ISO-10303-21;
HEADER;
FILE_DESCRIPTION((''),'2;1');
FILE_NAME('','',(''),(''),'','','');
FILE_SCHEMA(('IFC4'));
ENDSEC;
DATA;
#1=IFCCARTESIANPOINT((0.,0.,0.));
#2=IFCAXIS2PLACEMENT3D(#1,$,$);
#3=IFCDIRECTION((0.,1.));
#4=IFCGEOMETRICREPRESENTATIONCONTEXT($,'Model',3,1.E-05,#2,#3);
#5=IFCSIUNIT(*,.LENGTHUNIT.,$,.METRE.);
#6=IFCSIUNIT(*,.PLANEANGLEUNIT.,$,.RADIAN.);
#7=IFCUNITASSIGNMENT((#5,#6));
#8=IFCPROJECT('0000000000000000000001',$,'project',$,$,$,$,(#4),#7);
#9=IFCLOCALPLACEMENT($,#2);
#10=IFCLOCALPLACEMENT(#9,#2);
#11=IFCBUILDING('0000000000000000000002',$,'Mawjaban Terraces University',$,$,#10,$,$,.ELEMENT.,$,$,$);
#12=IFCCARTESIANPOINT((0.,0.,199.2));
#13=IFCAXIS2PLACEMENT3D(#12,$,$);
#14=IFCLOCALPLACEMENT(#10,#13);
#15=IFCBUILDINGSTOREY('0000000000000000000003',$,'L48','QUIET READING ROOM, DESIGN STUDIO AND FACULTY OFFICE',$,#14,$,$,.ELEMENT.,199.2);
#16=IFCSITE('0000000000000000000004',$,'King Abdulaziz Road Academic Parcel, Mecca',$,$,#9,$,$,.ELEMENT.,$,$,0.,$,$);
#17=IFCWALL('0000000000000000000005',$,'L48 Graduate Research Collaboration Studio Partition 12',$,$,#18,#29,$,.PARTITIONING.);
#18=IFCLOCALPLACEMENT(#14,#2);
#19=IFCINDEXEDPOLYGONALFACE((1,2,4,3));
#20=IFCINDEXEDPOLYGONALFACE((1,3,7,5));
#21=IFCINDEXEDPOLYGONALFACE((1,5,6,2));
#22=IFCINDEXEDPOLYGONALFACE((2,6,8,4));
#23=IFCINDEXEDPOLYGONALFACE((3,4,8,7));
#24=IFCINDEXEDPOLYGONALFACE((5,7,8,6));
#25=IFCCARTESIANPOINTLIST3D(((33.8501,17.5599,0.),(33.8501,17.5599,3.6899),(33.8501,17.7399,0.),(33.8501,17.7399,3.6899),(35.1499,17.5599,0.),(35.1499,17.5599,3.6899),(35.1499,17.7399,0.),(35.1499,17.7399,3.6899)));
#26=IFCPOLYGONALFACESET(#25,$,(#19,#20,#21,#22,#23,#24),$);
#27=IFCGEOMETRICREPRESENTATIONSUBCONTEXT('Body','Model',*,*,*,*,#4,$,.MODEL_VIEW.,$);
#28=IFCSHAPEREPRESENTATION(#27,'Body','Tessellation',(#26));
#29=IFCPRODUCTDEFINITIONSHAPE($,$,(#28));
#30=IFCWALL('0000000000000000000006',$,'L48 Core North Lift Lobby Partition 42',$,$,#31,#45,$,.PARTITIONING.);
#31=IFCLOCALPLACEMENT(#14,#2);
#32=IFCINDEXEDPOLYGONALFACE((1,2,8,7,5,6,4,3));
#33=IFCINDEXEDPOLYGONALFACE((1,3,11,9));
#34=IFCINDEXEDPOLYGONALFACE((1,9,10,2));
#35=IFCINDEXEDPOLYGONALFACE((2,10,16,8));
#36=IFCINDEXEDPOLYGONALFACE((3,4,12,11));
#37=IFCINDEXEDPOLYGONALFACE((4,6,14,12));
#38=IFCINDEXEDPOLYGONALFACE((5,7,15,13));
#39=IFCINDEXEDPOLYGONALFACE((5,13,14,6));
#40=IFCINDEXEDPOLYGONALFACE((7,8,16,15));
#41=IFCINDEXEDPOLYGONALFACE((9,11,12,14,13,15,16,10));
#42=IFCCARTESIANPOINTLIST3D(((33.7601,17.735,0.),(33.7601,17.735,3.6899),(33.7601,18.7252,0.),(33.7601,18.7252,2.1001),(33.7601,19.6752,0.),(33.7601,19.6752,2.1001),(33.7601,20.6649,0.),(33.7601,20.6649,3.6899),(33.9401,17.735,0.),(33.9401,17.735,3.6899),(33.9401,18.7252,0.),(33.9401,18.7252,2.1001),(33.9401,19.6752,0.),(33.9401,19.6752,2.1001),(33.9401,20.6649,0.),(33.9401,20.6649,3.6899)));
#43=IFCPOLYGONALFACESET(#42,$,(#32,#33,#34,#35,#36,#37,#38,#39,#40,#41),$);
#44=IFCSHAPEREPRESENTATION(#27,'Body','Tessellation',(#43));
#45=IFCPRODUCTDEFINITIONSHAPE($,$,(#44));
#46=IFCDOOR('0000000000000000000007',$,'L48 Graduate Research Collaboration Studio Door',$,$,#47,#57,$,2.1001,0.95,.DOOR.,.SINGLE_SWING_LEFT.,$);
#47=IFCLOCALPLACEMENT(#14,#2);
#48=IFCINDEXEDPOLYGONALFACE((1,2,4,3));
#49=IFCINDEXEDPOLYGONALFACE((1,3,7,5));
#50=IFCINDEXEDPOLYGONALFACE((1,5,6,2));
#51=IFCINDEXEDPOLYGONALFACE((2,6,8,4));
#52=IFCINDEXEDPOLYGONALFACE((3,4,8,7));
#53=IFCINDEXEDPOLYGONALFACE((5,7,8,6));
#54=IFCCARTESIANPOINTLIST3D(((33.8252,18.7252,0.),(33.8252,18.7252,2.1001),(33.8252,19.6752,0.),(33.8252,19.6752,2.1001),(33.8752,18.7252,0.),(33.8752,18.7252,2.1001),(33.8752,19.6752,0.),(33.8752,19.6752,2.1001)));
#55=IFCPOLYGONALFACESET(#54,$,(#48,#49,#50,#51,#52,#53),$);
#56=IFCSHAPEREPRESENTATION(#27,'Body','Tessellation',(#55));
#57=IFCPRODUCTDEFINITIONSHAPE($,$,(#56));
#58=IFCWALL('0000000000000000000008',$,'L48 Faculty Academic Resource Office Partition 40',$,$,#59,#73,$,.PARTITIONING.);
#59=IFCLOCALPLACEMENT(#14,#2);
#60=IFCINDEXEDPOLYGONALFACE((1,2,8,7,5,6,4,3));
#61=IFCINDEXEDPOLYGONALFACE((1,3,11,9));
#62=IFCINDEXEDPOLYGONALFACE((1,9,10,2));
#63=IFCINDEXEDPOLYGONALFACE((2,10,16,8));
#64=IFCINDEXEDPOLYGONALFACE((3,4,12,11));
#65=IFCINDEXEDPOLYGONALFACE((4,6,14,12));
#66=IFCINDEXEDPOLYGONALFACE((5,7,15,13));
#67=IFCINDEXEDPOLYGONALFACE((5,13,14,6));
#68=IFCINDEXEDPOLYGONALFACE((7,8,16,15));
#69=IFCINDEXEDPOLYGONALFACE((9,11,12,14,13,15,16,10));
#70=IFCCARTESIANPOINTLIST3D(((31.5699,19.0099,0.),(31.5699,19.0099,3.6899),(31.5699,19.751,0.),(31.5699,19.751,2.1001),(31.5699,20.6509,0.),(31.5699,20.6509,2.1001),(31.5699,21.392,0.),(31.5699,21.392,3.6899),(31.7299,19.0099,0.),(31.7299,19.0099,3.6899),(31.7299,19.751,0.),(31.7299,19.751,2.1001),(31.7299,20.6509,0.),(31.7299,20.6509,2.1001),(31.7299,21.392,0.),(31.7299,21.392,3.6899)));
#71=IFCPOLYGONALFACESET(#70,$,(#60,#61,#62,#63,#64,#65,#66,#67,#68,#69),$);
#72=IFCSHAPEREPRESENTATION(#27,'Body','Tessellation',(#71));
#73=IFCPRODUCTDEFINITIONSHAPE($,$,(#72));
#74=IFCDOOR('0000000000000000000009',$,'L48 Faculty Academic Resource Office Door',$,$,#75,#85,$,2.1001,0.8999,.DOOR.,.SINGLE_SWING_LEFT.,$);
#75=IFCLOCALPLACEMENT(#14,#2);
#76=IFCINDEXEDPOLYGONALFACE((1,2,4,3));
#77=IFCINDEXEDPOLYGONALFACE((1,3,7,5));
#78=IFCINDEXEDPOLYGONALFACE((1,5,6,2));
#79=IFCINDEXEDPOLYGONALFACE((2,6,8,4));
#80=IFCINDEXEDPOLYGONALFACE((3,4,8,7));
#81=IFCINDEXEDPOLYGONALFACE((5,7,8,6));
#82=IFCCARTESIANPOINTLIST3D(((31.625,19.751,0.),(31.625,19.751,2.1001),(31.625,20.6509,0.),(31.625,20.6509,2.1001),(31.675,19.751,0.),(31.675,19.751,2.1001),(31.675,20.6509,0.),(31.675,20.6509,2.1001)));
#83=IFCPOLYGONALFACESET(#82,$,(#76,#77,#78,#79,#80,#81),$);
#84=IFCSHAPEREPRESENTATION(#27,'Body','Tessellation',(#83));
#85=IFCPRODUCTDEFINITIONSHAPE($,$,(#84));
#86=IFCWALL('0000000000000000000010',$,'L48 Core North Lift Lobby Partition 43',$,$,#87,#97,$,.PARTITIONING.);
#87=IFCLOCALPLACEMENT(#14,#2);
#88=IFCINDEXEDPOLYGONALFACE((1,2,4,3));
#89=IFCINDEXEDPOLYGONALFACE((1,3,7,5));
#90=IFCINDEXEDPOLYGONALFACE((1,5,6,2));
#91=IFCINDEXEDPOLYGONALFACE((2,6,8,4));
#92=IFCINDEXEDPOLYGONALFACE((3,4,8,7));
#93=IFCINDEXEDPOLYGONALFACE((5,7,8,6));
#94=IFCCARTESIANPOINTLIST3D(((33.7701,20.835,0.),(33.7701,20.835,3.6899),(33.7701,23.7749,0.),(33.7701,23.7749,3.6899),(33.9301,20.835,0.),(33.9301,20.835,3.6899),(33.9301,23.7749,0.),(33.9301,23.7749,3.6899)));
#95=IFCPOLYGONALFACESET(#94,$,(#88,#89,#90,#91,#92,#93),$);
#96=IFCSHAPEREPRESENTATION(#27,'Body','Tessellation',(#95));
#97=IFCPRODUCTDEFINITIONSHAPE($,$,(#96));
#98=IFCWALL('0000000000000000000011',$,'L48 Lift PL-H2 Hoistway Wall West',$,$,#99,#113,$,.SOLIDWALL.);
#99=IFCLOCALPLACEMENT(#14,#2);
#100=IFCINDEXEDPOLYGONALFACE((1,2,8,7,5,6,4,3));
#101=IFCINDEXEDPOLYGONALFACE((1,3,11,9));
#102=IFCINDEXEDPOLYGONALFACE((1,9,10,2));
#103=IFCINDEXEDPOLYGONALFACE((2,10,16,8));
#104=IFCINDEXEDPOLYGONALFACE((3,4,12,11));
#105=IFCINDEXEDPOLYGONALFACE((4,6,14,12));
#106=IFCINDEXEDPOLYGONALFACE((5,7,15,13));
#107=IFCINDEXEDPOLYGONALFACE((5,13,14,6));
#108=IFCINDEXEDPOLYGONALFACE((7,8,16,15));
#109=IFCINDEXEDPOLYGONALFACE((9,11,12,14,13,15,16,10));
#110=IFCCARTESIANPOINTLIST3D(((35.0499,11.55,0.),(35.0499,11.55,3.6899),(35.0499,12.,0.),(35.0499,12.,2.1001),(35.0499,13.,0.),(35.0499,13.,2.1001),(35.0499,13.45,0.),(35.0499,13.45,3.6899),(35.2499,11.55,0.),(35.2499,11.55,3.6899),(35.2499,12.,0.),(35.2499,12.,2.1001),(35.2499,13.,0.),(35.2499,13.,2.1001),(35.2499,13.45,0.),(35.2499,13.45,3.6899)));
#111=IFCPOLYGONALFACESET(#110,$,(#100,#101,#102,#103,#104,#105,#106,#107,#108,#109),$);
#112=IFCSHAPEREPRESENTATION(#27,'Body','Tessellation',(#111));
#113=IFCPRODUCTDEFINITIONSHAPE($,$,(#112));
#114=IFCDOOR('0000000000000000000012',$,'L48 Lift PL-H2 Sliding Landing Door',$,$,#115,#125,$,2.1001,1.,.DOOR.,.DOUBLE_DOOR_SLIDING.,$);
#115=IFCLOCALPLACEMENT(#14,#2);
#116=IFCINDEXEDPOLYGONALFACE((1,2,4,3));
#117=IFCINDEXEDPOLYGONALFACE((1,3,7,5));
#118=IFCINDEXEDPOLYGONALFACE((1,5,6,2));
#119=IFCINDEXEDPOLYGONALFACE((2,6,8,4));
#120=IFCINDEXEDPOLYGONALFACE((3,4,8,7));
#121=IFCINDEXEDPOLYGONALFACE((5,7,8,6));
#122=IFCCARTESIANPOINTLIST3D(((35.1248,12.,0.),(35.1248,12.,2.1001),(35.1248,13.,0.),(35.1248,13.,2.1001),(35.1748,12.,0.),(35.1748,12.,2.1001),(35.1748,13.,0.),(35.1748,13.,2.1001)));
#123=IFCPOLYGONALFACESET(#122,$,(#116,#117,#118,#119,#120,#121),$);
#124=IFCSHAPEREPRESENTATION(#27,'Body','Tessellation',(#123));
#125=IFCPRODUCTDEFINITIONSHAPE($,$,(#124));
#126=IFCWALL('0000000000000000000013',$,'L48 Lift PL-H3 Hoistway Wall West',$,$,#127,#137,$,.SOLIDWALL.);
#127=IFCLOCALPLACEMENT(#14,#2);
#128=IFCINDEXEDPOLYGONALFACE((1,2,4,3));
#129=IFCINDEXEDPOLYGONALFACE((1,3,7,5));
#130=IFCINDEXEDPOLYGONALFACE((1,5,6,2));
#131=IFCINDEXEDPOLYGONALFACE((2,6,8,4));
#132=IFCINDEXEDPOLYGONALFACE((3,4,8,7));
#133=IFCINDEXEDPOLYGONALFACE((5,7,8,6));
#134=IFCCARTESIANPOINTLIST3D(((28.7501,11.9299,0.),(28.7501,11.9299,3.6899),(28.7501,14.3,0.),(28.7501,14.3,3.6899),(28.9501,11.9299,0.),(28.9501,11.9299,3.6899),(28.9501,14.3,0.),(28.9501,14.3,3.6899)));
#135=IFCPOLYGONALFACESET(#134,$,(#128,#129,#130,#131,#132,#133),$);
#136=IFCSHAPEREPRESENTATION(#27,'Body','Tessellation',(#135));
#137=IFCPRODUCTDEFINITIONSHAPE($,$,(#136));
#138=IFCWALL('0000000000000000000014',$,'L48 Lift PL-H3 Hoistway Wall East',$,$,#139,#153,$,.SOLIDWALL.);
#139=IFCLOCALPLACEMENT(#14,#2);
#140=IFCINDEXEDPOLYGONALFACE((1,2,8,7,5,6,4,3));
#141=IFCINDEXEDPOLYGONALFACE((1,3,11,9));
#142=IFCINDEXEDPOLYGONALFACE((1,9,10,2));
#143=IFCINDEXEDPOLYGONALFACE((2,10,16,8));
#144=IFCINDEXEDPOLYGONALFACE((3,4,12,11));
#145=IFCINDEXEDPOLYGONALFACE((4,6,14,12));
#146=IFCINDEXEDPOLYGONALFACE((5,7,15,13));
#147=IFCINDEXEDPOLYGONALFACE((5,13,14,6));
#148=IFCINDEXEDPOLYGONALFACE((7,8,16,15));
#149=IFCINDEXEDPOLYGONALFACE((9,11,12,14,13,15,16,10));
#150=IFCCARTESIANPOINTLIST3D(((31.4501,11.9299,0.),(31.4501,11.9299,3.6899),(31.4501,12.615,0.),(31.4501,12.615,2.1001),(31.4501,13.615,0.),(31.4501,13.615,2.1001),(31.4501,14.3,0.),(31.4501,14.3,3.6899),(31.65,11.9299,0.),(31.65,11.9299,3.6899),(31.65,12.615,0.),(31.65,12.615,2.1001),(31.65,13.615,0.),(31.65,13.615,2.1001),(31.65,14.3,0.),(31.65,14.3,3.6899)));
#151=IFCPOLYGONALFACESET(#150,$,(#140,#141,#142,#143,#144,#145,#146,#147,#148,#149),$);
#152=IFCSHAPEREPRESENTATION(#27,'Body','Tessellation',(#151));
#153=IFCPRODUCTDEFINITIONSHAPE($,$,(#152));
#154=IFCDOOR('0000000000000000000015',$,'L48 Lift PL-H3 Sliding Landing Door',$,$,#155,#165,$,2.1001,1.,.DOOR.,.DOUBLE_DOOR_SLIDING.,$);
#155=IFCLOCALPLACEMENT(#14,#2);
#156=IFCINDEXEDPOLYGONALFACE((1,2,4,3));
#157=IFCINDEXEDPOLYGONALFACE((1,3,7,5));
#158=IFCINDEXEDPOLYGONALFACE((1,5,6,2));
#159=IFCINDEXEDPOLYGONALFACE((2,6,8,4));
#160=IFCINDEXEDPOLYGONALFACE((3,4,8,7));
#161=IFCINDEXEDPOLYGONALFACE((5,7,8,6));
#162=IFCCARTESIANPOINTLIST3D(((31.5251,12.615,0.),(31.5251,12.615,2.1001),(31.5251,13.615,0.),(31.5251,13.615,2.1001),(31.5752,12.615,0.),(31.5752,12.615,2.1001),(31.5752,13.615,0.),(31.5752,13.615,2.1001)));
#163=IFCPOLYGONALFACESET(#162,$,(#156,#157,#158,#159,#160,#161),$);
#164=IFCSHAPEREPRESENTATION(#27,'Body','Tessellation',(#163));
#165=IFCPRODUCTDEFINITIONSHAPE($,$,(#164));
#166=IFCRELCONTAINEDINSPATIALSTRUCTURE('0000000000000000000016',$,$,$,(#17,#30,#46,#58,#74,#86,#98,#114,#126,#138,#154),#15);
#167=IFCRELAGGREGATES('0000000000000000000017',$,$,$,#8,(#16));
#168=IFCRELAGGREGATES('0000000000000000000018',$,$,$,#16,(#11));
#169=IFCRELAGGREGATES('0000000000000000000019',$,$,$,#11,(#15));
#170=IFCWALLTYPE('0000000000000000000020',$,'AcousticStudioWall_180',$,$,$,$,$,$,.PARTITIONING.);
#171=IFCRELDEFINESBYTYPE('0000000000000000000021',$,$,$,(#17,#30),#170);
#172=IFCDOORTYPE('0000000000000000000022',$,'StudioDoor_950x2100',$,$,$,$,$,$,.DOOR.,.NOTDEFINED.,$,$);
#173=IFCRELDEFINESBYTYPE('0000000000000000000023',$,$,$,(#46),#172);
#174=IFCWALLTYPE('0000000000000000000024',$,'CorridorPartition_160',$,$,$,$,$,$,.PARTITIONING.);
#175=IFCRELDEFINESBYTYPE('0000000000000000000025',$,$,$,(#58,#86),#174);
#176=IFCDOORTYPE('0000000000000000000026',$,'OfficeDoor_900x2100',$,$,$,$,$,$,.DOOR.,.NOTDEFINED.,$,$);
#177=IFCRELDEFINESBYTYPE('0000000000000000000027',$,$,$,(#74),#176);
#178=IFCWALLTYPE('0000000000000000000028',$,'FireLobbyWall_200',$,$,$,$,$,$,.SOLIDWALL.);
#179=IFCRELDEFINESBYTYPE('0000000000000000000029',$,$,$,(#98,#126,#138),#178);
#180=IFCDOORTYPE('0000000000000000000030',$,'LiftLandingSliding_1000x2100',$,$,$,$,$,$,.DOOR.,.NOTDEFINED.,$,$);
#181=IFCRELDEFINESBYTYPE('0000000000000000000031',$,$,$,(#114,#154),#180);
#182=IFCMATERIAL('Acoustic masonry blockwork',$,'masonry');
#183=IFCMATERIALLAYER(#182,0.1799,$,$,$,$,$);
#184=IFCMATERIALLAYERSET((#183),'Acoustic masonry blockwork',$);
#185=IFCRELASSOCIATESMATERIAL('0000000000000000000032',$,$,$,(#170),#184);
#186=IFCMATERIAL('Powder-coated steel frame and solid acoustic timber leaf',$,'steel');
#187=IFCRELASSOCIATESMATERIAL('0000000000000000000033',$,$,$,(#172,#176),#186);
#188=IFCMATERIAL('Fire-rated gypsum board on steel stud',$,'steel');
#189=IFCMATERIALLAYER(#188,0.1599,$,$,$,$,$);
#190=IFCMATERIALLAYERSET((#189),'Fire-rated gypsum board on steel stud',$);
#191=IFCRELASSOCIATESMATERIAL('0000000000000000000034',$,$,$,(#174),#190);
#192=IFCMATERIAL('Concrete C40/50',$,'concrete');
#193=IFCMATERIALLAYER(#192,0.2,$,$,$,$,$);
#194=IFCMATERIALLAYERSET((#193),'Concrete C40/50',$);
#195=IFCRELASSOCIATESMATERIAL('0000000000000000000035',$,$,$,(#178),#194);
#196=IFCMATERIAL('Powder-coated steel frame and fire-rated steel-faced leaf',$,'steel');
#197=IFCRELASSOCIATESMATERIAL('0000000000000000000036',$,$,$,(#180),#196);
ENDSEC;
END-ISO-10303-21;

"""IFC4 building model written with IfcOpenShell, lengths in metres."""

from ifc_helpers import new_model, si_unit, direction, frame, frame_2d, origin, place, context, subcontext, project, spatial, rectangle, extrude, material, layer, layer_set, type_object, element, fill, save


model = new_model("IFC4")

# Units and contexts
model_context = context("Model", 3, precision=1e-05, world=origin(), true_north=direction((0.0, 1.0)))
body_context = subcontext(model_context, "Body", "Model", "MODEL_VIEW")
ifc_project = project(units=[si_unit("LENGTHUNIT", "METRE"), si_unit("PLANEANGLEUNIT", "RADIAN")], contexts=[model_context])

# Site, building, storey
site_placement = place(None, origin())
site = spatial("IfcSite", under=ifc_project, at=site_placement, Name="King Abdulaziz Road Academic Parcel, Mecca", CompositionType="ELEMENT", RefElevation=0.0)
building_placement = place(site_placement, origin())
building = spatial("IfcBuilding", under=site, at=building_placement, Name="Mawjaban Terraces University", CompositionType="ELEMENT")
storey_placement = place(building_placement, frame((0.0, 0.0, 199.2)))
storey = spatial("IfcBuildingStorey", under=building, at=storey_placement, Name="L48", Description="QUIET READING ROOM, DESIGN STUDIO AND FACULTY OFFICE", CompositionType="ELEMENT", Elevation=199.2)

# Wall
ifc_material_1 = material(Name="Acoustic masonry blockwork", Category="masonry")
ifc_layer_1 = layer(ifc_material_1, 0.1799)
ifc_layer_set_1 = layer_set([ifc_layer_1], Name="Acoustic masonry blockwork")
wall_type_1 = type_object("IfcWallType", Name="AcousticStudioWall_180", PredefinedType="PARTITIONING", material=ifc_layer_set_1)
wall_1_placement = place(storey_placement, frame((33.8501, 17.6499, 0.0), z_axis=(0.0, 0.0, 1.0), x_axis=(1.0, 0.0, 0.0)))
element("IfcWall", 1, at=wall_1_placement, inside=storey, type_object=wall_type_1, Name="L48 Graduate Research Collaboration Studio Partition 12", PredefinedType="PARTITIONING", context=body_context, shape_type="SweptSolid", body=[
    extrude(rectangle(XDim=1.2998, YDim=0.1799, at=frame_2d((0.6499, 0.0))), origin(), (0.0, 0.0, 1.0), 3.6899),
])

# Walls, openings, doors
wall_2_placement = place(storey_placement, frame((33.8501, 17.7351, 0.0), z_axis=(0.0, 0.0, 1.0), x_axis=(0.0, 1.0, 0.0)))
wall_2 = element("IfcWall", 2, at=wall_2_placement, inside=storey, type_object=wall_type_1, Name="L48 Core North Lift Lobby Partition 42", PredefinedType="PARTITIONING", context=body_context, shape_type="SweptSolid", body=[
    extrude(rectangle(XDim=2.9299, YDim=0.1799, at=frame_2d((1.4648, 0.0))), origin(), (0.0, 0.0, 1.0), 3.6899),
])
opening_1_placement = place(wall_2_placement, frame((0.99, 0.0, 0.0)))
opening_1 = element("IfcOpeningElement", 3, at=opening_1_placement, cuts=wall_2, PredefinedType="OPENING", context=body_context, shape_type="SweptSolid", body=[
    extrude(rectangle(XDim=0.95, YDim=2.1001, at=frame_2d((0.4751, 1.05))), frame((0.0, 0.0999, 0.0), z_axis=(0.0, -1.0, 0.0), x_axis=(1.0, 0.0, 0.0)), (0.0, 0.0, 1.0), 0.2),
])
ifc_material_2 = material(Name="Powder-coated steel frame and solid acoustic timber leaf", Category="steel")
door_type_1 = type_object("IfcDoorType", Name="StudioDoor_950x2100", OperationType="NOTDEFINED", PredefinedType="DOOR", material=ifc_material_2)
door_1_placement = place(opening_1_placement, origin())
door_1 = element("IfcDoor", 4, at=door_1_placement, inside=storey, type_object=door_type_1, Name="L48 Graduate Research Collaboration Studio Door", OperationType="SINGLE_SWING_LEFT", OverallHeight=2.1001, OverallWidth=0.95, PredefinedType="DOOR", context=body_context, shape_type="SweptSolid", body=[
    extrude(rectangle(XDim=0.95, YDim=2.1001, at=frame_2d((0.4751, 1.05))), frame((0.0, 0.0249, 0.0), z_axis=(0.0, -1.0, 0.0), x_axis=(1.0, 0.0, 0.0)), (0.0, 0.0, 1.0), 0.05),
])
fill(opening_1, door_1)
ifc_material_3 = material(Name="Fire-rated gypsum board on steel stud", Category="steel")
ifc_layer_2 = layer(ifc_material_3, 0.1599)
ifc_layer_set_2 = layer_set([ifc_layer_2], Name="Fire-rated gypsum board on steel stud")
wall_type_2 = type_object("IfcWallType", Name="CorridorPartition_160", PredefinedType="PARTITIONING", material=ifc_layer_set_2)
wall_3_placement = place(storey_placement, frame((31.6499, 19.01, 0.0), z_axis=(0.0, 0.0, 1.0), x_axis=(0.0, 1.0, 0.0)))
wall_3 = element("IfcWall", 5, at=wall_3_placement, inside=storey, type_object=wall_type_2, Name="L48 Faculty Academic Resource Office Partition 40", PredefinedType="PARTITIONING", context=body_context, shape_type="SweptSolid", body=[
    extrude(rectangle(XDim=2.3821, YDim=0.1599, at=frame_2d((1.1909, 0.0))), origin(), (0.0, 0.0, 1.0), 3.6899),
])
opening_2_placement = place(wall_3_placement, frame((0.741, 0.0, 0.0)))
opening_2 = element("IfcOpeningElement", 6, at=opening_2_placement, cuts=wall_3, PredefinedType="OPENING", context=body_context, shape_type="SweptSolid", body=[
    extrude(rectangle(XDim=0.8999, YDim=2.1001, at=frame_2d((0.45, 1.05))), frame((0.0, 0.0898, 0.0), z_axis=(0.0, -1.0, 0.0), x_axis=(1.0, 0.0, 0.0)), (0.0, 0.0, 1.0), 0.1799),
])
door_type_2 = type_object("IfcDoorType", Name="OfficeDoor_900x2100", OperationType="NOTDEFINED", PredefinedType="DOOR", material=ifc_material_2)
door_2_placement = place(opening_2_placement, origin())
door_2 = element("IfcDoor", 7, at=door_2_placement, inside=storey, type_object=door_type_2, Name="L48 Faculty Academic Resource Office Door", OperationType="SINGLE_SWING_LEFT", OverallHeight=2.1001, OverallWidth=0.8999, PredefinedType="DOOR", context=body_context, shape_type="SweptSolid", body=[
    extrude(rectangle(XDim=0.8999, YDim=2.1001, at=frame_2d((0.45, 1.05))), frame((0.0, 0.0249, 0.0), z_axis=(0.0, -1.0, 0.0), x_axis=(1.0, 0.0, 0.0)), (0.0, 0.0, 1.0), 0.05),
])
fill(opening_2, door_2)

# Wall
wall_4_placement = place(storey_placement, frame((33.8501, 20.835, 0.0), z_axis=(0.0, 0.0, 1.0), x_axis=(0.0, 1.0, 0.0)))
element("IfcWall", 8, at=wall_4_placement, inside=storey, type_object=wall_type_2, Name="L48 Core North Lift Lobby Partition 43", PredefinedType="PARTITIONING", context=body_context, shape_type="SweptSolid", body=[
    extrude(rectangle(XDim=2.9399, YDim=0.1599, at=frame_2d((1.47, 0.0))), origin(), (0.0, 0.0, 1.0), 3.6899),
])

# Wall, opening, door
ifc_material_4 = material(Name="Concrete C40/50", Category="concrete")
ifc_layer_3 = layer(ifc_material_4, 0.2)
ifc_layer_set_3 = layer_set([ifc_layer_3], Name="Concrete C40/50")
wall_type_3 = type_object("IfcWallType", Name="FireLobbyWall_200", PredefinedType="SOLIDWALL", material=ifc_layer_set_3)
wall_5_placement = place(storey_placement, frame((35.1499, 13.45, 0.0), z_axis=(0.0, 0.0, 1.0), x_axis=(0.0, -1.0, 0.0)))
wall_5 = element("IfcWall", 9, at=wall_5_placement, inside=storey, type_object=wall_type_3, Name="L48 Lift PL-H2 Hoistway Wall West", PredefinedType="SOLIDWALL", context=body_context, shape_type="SweptSolid", body=[
    extrude(rectangle(XDim=1.8999, YDim=0.2, at=frame_2d((0.95, 0.0))), origin(), (0.0, 0.0, 1.0), 3.6899),
])
opening_3_placement = place(wall_5_placement, frame((0.45, 0.0, 0.0)))
opening_3 = element("IfcOpeningElement", 10, at=opening_3_placement, cuts=wall_5, PredefinedType="OPENING", context=body_context, shape_type="SweptSolid", body=[
    extrude(rectangle(XDim=1.0, YDim=2.1001, at=frame_2d((0.5, 1.05))), frame((0.0, 0.1099, 0.0), z_axis=(0.0, -1.0, 0.0), x_axis=(1.0, 0.0, 0.0)), (0.0, 0.0, 1.0), 0.22),
])
ifc_material_5 = material(Name="Powder-coated steel frame and fire-rated steel-faced leaf", Category="steel")
door_type_3 = type_object("IfcDoorType", Name="LiftLandingSliding_1000x2100", OperationType="NOTDEFINED", PredefinedType="DOOR", material=ifc_material_5)
door_3_placement = place(opening_3_placement, origin())
door_3 = element("IfcDoor", 11, at=door_3_placement, inside=storey, type_object=door_type_3, Name="L48 Lift PL-H2 Sliding Landing Door", OperationType="DOUBLE_DOOR_SLIDING", OverallHeight=2.1001, OverallWidth=1.0, PredefinedType="DOOR", context=body_context, shape_type="SweptSolid", body=[
    extrude(rectangle(XDim=1.0, YDim=2.1001, at=frame_2d((0.5, 1.05))), frame((0.0, 0.0249, 0.0), z_axis=(0.0, -1.0, 0.0), x_axis=(1.0, 0.0, 0.0)), (0.0, 0.0, 1.0), 0.05),
])
fill(opening_3, door_3)

# Wall
wall_6_placement = place(storey_placement, frame((28.8501, 14.3, 0.0), z_axis=(0.0, 0.0, 1.0), x_axis=(0.0, -1.0, 0.0)))
element("IfcWall", 12, at=wall_6_placement, inside=storey, type_object=wall_type_3, Name="L48 Lift PL-H3 Hoistway Wall West", PredefinedType="SOLIDWALL", context=body_context, shape_type="SweptSolid", body=[
    extrude(rectangle(XDim=2.3701, YDim=0.2, at=frame_2d((1.1851, 0.0))), origin(), (0.0, 0.0, 1.0), 3.6899),
])

# Wall, opening, door
wall_7_placement = place(storey_placement, frame((31.55, 11.9299, 0.0), z_axis=(0.0, 0.0, 1.0), x_axis=(0.0, 1.0, 0.0)))
wall_7 = element("IfcWall", 13, at=wall_7_placement, inside=storey, type_object=wall_type_3, Name="L48 Lift PL-H3 Hoistway Wall East", PredefinedType="SOLIDWALL", context=body_context, shape_type="SweptSolid", body=[
    extrude(rectangle(XDim=2.3701, YDim=0.2, at=frame_2d((1.1851, 0.0))), origin(), (0.0, 0.0, 1.0), 3.6899),
])
opening_4_placement = place(wall_7_placement, frame((0.6851, 0.0, 0.0)))
opening_4 = element("IfcOpeningElement", 14, at=opening_4_placement, cuts=wall_7, PredefinedType="OPENING", context=body_context, shape_type="SweptSolid", body=[
    extrude(rectangle(XDim=1.0, YDim=2.1001, at=frame_2d((0.5, 1.05))), frame((0.0, 0.1099, 0.0), z_axis=(0.0, -1.0, 0.0), x_axis=(1.0, 0.0, 0.0)), (0.0, 0.0, 1.0), 0.22),
])
door_4_placement = place(opening_4_placement, origin())
door_4 = element("IfcDoor", 15, at=door_4_placement, inside=storey, type_object=door_type_3, Name="L48 Lift PL-H3 Sliding Landing Door", OperationType="DOUBLE_DOOR_SLIDING", OverallHeight=2.1001, OverallWidth=1.0, PredefinedType="DOOR", context=body_context, shape_type="SweptSolid", body=[
    extrude(rectangle(XDim=1.0, YDim=2.1001, at=frame_2d((0.5, 1.05))), frame((0.0, 0.0249, 0.0), z_axis=(0.0, -1.0, 0.0), x_axis=(1.0, 0.0, 0.0)), (0.0, 0.0, 1.0), 0.05),
])
fill(opening_4, door_4)

save(model, "model.ifc")
